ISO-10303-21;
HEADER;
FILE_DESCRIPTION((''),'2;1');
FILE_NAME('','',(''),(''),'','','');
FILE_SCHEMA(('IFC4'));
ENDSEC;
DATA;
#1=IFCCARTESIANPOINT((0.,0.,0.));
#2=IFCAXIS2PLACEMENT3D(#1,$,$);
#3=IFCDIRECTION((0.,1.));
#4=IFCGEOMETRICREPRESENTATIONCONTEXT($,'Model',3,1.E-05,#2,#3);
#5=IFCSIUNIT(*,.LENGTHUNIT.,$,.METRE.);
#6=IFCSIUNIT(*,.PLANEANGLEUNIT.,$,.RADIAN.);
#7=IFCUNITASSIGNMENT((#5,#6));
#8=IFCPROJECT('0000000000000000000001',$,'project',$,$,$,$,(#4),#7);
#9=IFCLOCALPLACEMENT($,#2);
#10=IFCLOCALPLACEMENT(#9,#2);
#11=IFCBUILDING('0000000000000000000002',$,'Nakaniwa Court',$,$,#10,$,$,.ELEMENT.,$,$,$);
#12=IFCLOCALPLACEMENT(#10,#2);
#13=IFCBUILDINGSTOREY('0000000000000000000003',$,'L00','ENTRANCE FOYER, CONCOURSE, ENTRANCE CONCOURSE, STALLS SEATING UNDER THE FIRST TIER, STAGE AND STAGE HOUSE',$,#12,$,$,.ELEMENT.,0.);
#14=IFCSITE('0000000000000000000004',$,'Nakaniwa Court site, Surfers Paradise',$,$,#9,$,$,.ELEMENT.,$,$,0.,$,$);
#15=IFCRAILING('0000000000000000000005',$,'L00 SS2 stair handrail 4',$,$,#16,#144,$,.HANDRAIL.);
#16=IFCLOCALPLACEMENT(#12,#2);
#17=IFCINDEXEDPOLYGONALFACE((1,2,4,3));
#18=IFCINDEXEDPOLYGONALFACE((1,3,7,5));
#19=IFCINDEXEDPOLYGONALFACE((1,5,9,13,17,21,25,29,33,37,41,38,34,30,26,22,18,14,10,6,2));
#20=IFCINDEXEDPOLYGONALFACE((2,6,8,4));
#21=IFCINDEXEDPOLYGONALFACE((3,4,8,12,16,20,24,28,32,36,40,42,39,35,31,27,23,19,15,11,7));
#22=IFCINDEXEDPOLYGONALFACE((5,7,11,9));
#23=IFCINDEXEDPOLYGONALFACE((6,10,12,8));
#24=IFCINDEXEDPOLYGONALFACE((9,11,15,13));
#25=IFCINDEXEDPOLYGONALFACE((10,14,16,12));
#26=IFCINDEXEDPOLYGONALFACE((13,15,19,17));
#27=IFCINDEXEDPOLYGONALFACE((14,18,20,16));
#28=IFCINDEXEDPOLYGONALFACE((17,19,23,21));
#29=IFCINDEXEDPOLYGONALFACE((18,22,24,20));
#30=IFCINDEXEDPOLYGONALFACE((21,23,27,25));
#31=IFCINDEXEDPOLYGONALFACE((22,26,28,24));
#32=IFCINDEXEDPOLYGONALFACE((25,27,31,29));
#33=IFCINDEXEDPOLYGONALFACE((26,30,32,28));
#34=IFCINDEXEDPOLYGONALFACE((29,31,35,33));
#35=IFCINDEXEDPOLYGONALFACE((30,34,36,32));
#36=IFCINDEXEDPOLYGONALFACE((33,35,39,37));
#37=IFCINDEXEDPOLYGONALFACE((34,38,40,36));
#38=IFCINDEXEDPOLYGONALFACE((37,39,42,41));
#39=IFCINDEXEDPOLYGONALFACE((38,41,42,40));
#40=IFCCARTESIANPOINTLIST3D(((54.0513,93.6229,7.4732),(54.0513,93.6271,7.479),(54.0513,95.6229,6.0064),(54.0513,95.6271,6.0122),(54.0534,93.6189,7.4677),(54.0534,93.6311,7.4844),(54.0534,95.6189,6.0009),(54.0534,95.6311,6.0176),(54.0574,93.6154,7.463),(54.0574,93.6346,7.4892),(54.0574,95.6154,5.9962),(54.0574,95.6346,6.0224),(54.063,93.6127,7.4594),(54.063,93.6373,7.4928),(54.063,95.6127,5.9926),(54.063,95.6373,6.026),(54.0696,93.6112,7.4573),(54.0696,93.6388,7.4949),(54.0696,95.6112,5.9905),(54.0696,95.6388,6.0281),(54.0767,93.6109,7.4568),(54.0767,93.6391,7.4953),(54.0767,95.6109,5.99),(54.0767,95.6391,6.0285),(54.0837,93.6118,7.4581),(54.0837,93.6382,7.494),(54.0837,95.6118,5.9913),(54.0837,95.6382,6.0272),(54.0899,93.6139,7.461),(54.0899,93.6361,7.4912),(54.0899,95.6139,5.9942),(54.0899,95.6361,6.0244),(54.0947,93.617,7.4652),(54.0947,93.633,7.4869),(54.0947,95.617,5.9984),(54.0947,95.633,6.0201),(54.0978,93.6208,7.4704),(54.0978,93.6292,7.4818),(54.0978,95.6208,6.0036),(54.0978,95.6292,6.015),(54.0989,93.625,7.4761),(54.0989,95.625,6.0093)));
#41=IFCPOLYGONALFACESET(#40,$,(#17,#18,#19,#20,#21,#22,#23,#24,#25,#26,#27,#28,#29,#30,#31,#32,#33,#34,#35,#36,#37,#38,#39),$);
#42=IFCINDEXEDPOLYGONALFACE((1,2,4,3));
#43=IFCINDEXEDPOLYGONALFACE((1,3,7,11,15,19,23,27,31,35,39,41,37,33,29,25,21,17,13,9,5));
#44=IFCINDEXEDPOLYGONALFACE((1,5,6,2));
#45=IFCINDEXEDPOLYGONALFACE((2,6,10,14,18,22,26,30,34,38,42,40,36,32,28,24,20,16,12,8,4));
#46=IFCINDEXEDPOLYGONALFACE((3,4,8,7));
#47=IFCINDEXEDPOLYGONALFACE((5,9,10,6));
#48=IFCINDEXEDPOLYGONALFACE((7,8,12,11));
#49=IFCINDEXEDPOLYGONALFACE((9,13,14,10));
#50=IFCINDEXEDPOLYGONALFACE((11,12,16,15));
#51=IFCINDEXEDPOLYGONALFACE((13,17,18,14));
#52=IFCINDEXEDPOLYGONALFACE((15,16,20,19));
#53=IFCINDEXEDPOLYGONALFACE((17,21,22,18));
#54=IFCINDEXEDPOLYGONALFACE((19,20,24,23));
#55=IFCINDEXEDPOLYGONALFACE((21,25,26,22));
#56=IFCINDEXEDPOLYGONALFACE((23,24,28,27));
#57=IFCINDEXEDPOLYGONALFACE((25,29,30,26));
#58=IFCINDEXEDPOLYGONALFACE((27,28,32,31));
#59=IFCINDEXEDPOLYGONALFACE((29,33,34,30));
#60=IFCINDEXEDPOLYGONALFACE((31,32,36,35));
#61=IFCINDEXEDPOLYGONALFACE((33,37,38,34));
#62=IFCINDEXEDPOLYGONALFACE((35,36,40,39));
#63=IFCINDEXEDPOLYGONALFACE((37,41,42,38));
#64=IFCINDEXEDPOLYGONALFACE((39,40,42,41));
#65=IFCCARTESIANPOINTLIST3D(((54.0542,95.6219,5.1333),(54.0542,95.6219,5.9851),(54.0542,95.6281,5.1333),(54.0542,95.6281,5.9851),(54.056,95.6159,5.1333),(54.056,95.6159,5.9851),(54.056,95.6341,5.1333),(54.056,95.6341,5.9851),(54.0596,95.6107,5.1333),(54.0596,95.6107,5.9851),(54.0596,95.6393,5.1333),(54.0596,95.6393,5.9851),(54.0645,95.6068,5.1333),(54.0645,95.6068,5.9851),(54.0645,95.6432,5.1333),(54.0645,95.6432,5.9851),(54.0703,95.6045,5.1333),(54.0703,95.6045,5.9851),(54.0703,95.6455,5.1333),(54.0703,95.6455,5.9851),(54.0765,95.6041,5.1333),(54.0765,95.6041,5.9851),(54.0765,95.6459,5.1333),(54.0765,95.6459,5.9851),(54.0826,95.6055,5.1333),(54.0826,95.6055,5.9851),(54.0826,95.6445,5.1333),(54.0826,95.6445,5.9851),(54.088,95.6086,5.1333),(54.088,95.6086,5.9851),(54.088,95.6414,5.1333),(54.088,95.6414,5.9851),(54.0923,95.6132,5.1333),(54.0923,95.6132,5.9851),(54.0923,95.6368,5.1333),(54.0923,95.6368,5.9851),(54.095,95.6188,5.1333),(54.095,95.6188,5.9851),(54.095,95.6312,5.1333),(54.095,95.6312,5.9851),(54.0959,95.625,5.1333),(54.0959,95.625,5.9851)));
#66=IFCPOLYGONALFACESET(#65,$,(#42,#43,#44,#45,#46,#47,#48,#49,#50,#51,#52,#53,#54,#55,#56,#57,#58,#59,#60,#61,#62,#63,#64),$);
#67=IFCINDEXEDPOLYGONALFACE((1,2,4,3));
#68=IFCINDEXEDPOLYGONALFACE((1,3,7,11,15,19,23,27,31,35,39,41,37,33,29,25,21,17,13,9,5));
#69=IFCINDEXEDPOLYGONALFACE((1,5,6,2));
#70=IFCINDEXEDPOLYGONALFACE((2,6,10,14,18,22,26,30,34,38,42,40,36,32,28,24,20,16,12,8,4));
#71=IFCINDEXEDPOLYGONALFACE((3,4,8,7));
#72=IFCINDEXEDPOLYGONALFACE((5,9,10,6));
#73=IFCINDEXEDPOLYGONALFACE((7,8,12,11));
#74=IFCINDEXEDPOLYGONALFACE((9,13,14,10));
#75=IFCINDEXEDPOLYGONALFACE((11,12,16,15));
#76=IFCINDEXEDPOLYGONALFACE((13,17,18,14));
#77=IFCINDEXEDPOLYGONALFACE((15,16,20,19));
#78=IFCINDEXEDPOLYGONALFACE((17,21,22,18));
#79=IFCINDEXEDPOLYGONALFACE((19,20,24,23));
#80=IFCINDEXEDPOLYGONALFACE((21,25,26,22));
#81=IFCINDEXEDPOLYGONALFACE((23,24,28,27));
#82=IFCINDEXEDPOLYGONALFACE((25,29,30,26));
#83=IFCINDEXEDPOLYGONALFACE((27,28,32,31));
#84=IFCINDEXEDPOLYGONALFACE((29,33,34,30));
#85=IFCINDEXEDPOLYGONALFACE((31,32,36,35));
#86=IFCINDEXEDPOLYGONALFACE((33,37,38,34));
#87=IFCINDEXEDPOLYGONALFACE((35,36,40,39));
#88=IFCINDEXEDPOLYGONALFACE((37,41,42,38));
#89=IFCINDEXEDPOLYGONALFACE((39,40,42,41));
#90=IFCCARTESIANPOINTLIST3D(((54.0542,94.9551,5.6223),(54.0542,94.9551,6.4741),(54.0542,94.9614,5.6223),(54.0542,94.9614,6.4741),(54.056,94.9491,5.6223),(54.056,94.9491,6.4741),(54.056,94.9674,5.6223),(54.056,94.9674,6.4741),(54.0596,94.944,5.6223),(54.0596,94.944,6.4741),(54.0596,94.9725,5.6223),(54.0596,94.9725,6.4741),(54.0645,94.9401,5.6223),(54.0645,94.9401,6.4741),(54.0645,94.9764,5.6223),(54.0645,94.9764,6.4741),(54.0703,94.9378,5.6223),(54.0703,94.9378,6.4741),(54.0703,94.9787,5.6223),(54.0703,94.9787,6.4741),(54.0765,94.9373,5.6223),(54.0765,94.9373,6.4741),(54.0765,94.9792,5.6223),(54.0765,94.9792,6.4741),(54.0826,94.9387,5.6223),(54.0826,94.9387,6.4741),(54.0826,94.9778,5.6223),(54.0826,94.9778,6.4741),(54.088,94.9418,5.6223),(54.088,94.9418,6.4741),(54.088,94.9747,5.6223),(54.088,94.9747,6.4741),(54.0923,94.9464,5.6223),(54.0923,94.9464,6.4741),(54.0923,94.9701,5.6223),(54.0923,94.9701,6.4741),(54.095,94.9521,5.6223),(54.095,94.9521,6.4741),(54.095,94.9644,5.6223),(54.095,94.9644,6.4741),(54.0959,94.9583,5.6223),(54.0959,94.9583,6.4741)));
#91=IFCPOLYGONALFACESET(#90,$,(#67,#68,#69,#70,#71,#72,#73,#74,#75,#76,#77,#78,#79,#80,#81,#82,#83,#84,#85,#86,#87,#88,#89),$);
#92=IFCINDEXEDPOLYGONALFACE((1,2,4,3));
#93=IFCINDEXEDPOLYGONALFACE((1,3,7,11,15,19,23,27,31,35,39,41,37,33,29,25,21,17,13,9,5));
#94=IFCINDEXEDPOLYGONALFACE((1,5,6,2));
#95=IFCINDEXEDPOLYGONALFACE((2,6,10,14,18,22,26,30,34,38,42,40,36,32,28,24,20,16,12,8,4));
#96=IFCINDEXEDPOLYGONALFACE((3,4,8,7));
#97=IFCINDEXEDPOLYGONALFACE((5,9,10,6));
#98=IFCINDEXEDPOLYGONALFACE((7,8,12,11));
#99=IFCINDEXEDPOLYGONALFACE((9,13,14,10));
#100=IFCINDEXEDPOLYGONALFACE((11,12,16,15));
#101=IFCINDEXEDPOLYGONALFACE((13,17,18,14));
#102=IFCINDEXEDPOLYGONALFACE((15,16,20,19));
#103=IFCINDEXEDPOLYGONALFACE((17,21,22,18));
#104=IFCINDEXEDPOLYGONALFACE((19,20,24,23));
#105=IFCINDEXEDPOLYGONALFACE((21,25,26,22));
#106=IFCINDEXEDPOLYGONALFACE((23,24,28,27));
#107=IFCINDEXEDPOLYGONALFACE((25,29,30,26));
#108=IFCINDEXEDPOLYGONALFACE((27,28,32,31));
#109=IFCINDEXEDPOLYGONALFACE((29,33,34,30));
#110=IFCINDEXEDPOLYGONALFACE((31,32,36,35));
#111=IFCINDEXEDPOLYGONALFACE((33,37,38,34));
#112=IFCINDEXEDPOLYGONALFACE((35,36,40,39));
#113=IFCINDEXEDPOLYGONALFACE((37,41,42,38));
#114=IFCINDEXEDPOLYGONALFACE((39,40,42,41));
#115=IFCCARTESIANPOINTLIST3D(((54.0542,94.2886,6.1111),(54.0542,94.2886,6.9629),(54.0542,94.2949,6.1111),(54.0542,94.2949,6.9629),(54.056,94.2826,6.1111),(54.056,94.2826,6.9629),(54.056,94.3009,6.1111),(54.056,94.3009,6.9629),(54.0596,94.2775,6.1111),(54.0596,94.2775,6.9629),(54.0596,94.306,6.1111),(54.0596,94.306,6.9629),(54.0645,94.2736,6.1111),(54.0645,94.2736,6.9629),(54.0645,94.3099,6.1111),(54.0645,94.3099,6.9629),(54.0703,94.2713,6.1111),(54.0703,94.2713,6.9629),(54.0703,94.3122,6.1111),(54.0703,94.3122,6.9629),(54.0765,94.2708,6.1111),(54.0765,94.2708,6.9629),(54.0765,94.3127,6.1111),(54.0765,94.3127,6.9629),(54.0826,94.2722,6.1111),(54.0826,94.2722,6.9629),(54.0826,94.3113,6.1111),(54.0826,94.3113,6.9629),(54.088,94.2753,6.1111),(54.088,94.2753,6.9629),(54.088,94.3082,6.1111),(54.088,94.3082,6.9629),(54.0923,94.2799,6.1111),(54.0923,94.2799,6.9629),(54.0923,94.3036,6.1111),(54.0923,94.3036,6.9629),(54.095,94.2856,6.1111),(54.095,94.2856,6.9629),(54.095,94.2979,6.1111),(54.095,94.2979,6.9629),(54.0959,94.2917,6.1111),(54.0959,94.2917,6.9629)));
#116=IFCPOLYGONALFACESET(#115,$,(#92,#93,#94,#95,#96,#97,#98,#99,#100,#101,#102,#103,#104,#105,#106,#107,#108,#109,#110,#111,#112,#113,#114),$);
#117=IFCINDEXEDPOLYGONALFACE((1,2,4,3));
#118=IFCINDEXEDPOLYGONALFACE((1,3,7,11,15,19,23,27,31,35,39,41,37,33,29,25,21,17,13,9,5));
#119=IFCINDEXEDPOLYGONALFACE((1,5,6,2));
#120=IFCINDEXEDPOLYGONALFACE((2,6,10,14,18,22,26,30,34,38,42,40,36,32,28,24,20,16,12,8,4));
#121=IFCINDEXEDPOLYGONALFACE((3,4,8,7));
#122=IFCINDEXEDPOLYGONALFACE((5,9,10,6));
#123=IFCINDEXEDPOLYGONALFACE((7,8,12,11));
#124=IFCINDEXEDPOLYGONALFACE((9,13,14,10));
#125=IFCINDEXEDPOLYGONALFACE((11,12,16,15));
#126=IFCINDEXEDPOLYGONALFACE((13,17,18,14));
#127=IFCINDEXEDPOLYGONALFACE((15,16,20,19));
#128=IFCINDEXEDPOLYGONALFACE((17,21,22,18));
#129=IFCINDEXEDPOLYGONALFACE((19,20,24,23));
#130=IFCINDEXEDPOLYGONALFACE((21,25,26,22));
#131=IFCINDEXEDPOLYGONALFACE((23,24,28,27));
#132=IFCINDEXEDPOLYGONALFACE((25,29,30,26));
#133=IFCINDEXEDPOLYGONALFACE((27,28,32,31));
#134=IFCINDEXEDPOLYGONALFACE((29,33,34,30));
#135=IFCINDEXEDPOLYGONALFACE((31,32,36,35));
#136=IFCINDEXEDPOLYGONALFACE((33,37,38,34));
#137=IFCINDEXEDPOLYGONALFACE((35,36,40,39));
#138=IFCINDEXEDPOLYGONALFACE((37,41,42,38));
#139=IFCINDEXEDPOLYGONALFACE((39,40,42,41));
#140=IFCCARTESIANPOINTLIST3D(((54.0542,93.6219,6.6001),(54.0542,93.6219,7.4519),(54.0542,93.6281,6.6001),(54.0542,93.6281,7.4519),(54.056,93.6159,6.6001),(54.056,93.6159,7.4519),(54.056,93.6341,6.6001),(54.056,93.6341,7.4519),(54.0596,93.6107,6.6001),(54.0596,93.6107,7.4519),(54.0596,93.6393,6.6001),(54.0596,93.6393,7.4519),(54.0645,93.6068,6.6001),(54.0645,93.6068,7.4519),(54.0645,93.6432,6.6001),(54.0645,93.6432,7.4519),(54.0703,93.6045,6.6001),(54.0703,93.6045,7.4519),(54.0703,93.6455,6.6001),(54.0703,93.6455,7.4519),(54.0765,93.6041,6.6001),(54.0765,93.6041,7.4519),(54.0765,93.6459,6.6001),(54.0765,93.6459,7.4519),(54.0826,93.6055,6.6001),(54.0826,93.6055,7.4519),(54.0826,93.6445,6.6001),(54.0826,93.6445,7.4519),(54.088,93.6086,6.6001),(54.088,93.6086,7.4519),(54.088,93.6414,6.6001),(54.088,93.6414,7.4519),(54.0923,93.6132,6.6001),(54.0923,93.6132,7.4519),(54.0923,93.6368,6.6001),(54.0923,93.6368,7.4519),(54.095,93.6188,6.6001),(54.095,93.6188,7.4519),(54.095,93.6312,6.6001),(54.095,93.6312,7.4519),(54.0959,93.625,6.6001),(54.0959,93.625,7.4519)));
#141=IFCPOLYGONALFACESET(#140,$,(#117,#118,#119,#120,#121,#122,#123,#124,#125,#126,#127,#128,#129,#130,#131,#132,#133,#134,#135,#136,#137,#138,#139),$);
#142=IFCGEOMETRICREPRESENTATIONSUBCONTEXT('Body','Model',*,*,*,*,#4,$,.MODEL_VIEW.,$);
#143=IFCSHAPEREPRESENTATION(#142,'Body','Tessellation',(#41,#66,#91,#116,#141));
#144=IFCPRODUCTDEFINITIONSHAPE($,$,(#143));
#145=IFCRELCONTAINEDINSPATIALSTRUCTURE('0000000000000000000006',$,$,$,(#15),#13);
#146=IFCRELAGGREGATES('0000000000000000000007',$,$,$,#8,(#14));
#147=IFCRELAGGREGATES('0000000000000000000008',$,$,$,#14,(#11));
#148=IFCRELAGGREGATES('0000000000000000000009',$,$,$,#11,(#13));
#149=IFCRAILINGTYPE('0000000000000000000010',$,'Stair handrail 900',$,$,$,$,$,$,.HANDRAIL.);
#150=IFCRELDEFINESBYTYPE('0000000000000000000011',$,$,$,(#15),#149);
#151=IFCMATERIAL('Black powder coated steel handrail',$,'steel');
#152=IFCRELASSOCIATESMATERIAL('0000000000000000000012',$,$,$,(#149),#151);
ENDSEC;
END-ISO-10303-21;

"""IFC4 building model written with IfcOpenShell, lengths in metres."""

from ifc_helpers import new_model, si_unit, direction, frame, origin, origin_2d, place, context, subcontext, project, spatial, circle, extrude, material, type_object, element, save


model = new_model("IFC4")

# Units and contexts
model_context = context("Model", 3, precision=1e-05, world=origin(), true_north=direction((0.0, 1.0)))
body_context = subcontext(model_context, "Body", "Model", "MODEL_VIEW")
ifc_project = project(units=[si_unit("LENGTHUNIT", "METRE"), si_unit("PLANEANGLEUNIT", "RADIAN")], contexts=[model_context])

# Site, building, storey
site_placement = place(None, origin())
site = spatial("IfcSite", under=ifc_project, at=site_placement, Name="Nakaniwa Court site, Surfers Paradise", CompositionType="ELEMENT", RefElevation=0.0)
building_placement = place(site_placement, origin())
building = spatial("IfcBuilding", under=site, at=building_placement, Name="Nakaniwa Court", CompositionType="ELEMENT")
storey_placement = place(building_placement, origin())
storey = spatial("IfcBuildingStorey", under=building, at=storey_placement, Name="L00", Description="ENTRANCE FOYER, CONCOURSE, ENTRANCE CONCOURSE, STALLS SEATING UNDER THE FIRST TIER, STAGE AND STAGE HOUSE", CompositionType="ELEMENT", Elevation=0.0)

# Railing
ifc_material_1 = material(Name="Black powder coated steel handrail", Category="steel")
railing_type_1 = type_object("IfcRailingType", Name="Stair handrail 900", PredefinedType="HANDRAIL", material=ifc_material_1)
for number, where, name in (
    (1, (54.075, 95.625, 5.1333), "L00 SS2 stair handrail 4"),
):
    element("IfcRailing", number, at=place(storey_placement, frame(where)), inside=storey, type_object=railing_type_1, Name=name, PredefinedType="HANDRAIL", context=body_context, shape_type="SweptSolid", body=[
        extrude(circle(Radius=0.0239, at=origin_2d()), frame((0.0, 0.0, 0.876), z_axis=(0.0, -0.80638, 0.591398), x_axis=(1.0, 0.0, 0.0)), (0.0, 0.0, 1.0), 2.4802),
        extrude(circle(Radius=0.021, at=origin_2d()), origin(), (0.0, 0.0, 1.0), 0.8518),
        extrude(circle(Radius=0.021, at=origin_2d()), frame((0.0, -0.6667, 0.489)), (0.0, 0.0, 1.0), 0.8518),
        extrude(circle(Radius=0.021, at=origin_2d()), frame((0.0, -1.3333, 0.9778)), (0.0, 0.0, 1.0), 0.8518),
        extrude(circle(Radius=0.021, at=origin_2d()), frame((0.0, -2.0, 1.4668)), (0.0, 0.0, 1.0), 0.8518),
    ])

save(model, "model.ifc")
